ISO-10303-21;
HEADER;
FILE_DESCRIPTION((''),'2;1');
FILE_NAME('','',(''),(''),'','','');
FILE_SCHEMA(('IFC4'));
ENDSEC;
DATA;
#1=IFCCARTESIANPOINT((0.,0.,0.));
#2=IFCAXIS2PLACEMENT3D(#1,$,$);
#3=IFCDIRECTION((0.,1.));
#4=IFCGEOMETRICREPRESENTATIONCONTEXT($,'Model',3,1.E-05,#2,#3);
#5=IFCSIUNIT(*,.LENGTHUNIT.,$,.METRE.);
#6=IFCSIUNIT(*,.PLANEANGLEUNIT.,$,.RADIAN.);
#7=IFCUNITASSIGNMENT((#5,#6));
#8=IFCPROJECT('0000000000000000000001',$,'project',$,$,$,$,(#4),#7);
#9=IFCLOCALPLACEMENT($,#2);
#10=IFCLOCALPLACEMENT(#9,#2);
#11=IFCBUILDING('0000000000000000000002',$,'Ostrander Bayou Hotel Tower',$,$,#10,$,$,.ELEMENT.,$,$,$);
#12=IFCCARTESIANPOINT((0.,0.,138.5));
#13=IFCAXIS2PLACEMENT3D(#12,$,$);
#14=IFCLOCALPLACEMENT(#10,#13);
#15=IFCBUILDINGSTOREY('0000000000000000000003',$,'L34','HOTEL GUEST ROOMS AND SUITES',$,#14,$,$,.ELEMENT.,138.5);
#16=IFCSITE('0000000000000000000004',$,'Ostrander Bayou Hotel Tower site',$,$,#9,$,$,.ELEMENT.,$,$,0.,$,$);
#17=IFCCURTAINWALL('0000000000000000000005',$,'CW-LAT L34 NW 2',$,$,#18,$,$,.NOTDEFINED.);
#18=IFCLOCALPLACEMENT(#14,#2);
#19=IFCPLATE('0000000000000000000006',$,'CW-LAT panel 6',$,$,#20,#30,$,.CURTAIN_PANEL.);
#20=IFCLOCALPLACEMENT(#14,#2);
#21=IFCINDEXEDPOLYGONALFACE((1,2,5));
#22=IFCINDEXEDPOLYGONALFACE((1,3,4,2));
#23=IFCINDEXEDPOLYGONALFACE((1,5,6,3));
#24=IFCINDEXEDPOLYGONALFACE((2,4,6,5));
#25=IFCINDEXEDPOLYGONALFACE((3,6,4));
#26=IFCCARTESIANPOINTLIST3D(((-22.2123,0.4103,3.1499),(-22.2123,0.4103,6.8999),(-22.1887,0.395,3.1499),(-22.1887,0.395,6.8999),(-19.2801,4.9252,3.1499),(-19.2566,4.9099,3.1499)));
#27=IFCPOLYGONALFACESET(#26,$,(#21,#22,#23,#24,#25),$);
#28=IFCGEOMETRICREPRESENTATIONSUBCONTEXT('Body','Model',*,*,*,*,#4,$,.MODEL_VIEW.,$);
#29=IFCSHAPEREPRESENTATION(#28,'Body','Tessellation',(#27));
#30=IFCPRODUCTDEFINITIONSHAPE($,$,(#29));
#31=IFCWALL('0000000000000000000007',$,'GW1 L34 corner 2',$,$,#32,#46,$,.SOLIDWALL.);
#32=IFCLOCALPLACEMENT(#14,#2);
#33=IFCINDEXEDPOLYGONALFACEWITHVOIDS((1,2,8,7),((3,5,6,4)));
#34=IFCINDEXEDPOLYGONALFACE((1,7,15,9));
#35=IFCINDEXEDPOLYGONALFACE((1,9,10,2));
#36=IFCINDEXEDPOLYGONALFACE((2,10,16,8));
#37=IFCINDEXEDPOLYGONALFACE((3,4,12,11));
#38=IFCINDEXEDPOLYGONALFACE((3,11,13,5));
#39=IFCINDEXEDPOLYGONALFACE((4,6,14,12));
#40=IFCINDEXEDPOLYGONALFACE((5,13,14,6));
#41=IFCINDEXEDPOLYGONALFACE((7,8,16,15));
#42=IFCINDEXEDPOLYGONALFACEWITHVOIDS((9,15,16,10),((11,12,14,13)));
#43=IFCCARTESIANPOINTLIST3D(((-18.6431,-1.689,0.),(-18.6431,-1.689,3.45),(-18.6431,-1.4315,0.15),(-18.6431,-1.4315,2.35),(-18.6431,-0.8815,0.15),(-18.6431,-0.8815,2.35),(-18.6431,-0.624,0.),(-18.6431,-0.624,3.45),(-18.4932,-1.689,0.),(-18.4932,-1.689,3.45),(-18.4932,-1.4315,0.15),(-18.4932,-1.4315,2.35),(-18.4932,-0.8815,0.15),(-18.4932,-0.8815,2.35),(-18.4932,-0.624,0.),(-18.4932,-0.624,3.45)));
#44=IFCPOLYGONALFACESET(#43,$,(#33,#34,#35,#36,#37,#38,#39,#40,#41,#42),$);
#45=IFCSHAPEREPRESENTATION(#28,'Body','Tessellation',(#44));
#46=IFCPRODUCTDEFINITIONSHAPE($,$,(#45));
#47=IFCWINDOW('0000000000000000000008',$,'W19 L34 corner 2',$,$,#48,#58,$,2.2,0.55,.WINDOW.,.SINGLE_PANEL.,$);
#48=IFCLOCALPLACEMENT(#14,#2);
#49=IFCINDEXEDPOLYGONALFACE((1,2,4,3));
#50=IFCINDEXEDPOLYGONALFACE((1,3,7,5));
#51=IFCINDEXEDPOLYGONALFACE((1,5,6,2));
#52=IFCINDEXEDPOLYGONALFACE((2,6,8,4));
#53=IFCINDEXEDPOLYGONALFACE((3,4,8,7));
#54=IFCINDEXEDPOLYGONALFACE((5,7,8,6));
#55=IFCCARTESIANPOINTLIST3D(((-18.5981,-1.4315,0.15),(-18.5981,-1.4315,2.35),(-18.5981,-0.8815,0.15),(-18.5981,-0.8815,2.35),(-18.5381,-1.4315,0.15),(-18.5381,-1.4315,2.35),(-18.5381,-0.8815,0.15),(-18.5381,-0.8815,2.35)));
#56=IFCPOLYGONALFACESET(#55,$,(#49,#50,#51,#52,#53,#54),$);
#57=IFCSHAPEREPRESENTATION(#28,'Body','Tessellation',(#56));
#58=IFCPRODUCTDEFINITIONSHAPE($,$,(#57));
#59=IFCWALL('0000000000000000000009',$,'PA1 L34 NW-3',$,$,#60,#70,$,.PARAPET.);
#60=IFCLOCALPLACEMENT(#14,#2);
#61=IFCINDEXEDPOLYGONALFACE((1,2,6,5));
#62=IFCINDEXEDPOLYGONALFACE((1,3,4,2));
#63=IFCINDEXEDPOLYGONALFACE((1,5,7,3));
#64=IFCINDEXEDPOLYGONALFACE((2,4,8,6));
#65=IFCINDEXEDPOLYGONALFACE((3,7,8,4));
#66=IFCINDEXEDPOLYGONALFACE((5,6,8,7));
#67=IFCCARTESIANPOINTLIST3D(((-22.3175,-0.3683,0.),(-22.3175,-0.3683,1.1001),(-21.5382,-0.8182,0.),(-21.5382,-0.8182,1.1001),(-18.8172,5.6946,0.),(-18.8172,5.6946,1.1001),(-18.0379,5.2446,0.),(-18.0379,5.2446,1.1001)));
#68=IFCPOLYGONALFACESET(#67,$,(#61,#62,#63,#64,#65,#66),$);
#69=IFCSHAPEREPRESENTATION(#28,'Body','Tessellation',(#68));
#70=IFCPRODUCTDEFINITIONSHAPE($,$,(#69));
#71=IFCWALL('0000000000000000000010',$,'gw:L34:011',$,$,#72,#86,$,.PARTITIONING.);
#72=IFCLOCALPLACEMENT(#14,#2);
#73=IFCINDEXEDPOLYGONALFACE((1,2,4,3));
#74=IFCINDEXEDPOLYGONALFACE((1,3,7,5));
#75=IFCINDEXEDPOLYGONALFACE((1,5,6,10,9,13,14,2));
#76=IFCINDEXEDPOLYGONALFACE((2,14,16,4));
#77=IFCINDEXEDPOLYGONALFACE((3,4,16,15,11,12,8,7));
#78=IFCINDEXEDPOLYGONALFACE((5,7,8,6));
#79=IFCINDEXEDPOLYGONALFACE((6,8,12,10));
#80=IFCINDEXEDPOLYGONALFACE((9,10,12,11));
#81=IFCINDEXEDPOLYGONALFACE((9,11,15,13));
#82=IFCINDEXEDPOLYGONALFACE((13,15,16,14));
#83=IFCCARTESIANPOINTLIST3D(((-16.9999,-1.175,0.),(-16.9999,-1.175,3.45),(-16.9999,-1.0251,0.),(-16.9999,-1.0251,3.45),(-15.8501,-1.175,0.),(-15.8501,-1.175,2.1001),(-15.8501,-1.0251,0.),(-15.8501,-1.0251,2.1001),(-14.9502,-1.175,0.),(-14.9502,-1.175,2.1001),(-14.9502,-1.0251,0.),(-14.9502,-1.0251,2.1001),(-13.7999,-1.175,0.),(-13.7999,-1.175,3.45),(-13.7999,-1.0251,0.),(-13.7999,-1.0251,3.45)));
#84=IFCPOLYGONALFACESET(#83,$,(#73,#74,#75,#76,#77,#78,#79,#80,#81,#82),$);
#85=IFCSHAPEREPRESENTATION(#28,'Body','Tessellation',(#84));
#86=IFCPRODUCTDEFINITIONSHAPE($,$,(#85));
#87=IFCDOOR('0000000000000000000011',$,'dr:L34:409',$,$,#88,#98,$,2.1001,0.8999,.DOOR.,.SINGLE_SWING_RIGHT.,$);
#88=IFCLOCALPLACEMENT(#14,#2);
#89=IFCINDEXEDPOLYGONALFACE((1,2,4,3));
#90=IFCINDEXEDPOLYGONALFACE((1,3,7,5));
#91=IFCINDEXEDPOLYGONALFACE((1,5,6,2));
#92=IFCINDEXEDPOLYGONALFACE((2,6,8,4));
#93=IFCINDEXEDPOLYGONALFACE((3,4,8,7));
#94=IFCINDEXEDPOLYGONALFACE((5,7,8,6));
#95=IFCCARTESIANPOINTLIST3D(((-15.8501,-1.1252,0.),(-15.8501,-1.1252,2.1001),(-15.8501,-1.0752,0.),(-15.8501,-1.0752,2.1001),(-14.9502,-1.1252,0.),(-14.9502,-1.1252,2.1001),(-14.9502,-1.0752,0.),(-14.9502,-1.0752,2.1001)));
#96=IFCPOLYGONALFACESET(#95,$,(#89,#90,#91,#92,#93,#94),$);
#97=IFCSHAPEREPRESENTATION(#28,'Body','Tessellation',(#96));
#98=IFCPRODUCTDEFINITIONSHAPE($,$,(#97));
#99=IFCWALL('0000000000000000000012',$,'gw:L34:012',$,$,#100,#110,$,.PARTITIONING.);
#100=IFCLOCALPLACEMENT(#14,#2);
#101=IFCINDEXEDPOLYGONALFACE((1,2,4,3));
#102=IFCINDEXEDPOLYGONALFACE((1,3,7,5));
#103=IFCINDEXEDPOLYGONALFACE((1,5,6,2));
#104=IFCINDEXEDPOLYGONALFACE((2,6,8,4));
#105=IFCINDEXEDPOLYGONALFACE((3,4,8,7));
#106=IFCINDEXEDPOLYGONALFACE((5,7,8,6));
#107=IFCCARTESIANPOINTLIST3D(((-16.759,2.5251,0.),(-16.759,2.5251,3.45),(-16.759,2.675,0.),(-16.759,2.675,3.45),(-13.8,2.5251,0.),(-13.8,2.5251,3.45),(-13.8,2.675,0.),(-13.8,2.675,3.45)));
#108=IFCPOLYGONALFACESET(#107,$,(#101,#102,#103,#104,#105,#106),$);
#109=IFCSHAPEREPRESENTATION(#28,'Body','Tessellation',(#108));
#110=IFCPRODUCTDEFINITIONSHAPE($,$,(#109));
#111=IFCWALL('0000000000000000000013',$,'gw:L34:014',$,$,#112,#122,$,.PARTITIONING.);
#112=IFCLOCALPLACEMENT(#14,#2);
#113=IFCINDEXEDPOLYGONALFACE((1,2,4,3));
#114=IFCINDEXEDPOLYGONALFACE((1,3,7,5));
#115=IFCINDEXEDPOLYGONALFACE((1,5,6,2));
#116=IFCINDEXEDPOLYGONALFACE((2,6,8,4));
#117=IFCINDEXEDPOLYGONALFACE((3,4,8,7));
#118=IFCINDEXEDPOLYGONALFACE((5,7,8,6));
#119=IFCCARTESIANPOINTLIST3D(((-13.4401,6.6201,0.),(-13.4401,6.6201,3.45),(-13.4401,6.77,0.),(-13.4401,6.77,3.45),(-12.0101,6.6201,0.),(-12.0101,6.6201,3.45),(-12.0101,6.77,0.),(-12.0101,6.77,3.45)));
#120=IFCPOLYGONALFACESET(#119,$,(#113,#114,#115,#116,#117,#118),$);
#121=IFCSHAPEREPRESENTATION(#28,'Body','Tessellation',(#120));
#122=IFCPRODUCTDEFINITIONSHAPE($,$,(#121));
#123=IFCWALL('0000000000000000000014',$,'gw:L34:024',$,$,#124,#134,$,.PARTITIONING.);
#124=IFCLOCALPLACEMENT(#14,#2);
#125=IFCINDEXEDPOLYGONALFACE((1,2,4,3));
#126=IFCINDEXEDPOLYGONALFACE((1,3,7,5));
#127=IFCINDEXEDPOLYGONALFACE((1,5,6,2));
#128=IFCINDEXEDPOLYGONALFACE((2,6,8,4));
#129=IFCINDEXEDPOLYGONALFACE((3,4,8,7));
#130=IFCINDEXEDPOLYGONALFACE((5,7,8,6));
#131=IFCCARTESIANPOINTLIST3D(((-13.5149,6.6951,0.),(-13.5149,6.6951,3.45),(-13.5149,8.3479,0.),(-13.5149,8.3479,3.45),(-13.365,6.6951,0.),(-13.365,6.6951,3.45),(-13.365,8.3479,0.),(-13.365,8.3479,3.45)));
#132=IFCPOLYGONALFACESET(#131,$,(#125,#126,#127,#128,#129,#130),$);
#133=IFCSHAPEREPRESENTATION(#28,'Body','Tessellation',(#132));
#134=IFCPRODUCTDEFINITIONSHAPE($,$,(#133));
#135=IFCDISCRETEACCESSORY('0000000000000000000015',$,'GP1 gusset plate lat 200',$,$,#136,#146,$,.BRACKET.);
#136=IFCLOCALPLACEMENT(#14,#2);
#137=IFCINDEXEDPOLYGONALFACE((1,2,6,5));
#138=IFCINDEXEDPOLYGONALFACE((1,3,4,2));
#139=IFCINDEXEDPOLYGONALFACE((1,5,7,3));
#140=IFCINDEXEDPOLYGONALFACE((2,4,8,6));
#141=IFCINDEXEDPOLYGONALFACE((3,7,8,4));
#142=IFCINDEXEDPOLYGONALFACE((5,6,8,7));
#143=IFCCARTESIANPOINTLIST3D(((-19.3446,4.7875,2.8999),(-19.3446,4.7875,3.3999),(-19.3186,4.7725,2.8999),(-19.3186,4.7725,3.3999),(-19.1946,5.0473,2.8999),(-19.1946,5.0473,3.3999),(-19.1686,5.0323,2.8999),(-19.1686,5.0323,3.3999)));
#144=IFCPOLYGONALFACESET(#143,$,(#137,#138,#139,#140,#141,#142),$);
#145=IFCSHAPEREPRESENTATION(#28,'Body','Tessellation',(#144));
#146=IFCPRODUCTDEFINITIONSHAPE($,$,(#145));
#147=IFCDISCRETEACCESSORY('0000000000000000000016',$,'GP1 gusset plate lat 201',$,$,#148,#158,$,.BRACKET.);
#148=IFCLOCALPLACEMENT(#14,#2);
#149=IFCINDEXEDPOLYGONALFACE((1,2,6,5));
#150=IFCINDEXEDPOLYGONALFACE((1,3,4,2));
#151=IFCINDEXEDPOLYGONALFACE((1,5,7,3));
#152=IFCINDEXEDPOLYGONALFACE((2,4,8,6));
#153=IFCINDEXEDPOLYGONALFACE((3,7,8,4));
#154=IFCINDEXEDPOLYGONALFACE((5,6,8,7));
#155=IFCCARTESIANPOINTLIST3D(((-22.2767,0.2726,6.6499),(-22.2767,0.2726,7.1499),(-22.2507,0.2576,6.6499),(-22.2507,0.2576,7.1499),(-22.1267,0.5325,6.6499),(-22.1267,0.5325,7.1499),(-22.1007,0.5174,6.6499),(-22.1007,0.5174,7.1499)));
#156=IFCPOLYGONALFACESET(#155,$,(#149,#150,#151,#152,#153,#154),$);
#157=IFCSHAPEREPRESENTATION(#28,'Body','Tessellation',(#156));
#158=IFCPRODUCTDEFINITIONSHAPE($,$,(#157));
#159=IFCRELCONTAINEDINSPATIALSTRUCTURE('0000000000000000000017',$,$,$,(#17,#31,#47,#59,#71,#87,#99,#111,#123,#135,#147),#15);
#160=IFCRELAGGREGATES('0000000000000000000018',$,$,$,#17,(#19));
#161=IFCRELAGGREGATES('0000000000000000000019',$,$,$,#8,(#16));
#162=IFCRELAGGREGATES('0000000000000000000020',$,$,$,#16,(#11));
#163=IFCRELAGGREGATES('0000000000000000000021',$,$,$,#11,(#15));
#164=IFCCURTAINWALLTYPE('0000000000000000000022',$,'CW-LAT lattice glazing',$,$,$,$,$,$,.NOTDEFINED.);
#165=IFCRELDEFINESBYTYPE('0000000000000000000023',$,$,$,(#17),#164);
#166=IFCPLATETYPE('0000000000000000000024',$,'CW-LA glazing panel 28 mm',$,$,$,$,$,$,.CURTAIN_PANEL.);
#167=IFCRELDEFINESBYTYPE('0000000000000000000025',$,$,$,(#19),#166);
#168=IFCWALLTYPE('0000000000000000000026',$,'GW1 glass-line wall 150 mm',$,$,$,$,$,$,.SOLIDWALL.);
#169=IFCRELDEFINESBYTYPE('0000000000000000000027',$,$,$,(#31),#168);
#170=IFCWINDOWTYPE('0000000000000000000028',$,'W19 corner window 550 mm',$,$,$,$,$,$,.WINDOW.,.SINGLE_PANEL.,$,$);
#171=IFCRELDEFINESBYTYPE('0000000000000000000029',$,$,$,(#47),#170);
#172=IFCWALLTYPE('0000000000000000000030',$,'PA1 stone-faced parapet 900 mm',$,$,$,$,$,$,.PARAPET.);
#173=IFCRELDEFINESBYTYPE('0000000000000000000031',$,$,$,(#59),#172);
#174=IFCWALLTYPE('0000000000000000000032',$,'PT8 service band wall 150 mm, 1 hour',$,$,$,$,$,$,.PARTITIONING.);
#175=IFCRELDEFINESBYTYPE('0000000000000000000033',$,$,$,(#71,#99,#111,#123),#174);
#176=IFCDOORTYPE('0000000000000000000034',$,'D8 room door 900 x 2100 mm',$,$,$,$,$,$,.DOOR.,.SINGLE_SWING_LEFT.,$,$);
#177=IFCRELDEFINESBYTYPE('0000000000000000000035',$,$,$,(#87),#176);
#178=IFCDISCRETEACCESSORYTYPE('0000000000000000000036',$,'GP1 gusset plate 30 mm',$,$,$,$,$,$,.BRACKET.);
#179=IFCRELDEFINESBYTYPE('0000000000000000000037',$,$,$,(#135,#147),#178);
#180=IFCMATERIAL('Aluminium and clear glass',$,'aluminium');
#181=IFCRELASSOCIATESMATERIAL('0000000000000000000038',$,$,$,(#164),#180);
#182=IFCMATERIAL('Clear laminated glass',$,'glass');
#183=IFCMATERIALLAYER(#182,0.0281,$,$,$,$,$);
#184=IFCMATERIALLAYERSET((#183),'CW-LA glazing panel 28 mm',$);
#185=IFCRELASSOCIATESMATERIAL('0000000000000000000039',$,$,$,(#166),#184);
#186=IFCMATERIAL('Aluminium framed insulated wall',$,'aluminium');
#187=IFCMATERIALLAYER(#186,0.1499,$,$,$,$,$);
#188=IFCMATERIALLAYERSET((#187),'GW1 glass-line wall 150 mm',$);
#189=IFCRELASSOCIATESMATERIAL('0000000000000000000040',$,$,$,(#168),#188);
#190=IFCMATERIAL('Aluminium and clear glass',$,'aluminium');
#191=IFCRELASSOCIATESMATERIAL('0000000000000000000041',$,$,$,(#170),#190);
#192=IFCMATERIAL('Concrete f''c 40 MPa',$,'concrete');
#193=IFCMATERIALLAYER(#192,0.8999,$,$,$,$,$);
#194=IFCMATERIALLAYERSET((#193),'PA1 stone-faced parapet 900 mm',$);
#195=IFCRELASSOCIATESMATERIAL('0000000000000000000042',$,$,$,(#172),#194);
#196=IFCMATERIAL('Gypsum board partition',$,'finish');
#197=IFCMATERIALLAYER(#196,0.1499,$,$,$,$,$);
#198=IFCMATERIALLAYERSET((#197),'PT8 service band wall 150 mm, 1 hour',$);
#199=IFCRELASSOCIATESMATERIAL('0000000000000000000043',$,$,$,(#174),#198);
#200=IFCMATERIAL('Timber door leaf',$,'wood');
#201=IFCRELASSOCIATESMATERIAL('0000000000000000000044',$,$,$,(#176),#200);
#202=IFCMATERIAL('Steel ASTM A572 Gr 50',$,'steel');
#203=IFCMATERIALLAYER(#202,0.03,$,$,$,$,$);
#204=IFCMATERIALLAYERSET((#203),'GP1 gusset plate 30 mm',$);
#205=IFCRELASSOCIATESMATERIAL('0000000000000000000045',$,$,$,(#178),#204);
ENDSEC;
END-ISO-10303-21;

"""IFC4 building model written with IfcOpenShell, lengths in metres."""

from ifc_helpers import new_model, si_unit, direction, frame, frame_2d, origin, origin_2d, place, context, subcontext, project, spatial, polyline, rectangle, outline, extrude, material, layer, layer_set, type_object, element, fill, aggregate, save


model = new_model("IFC4")

# Units and contexts
model_context = context("Model", 3, precision=1e-05, world=origin(), true_north=direction((0.0, 1.0)))
body_context = subcontext(model_context, "Body", "Model", "MODEL_VIEW")
ifc_project = project(units=[si_unit("LENGTHUNIT", "METRE"), si_unit("PLANEANGLEUNIT", "RADIAN")], contexts=[model_context])

# Site, building, storey
site_placement = place(None, origin())
site = spatial("IfcSite", under=ifc_project, at=site_placement, Name="Ostrander Bayou Hotel Tower site", CompositionType="ELEMENT", RefElevation=0.0)
building_placement = place(site_placement, origin())
building = spatial("IfcBuilding", under=site, at=building_placement, Name="Ostrander Bayou Hotel Tower", CompositionType="ELEMENT")
storey_placement = place(building_placement, frame((0.0, 0.0, 138.5)))
storey = spatial("IfcBuildingStorey", under=building, at=storey_placement, Name="L34", Description="HOTEL GUEST ROOMS AND SUITES", CompositionType="ELEMENT", Elevation=138.5)

# Shared definitions
ifc_material_1 = material(Name="Aluminium and clear glass", Category="aluminium")
curtain_wall_type = type_object("IfcCurtainWallType", Name="CW-LAT lattice glazing", PredefinedType="NOTDEFINED", material=ifc_material_1)

# Curtain wall
curtain_wall_1_placement = place(storey_placement, origin())
curtain_wall_1 = element("IfcCurtainWall", 1, at=curtain_wall_1_placement, inside=storey, type_object=curtain_wall_type, Name="CW-LAT L34 NW 2", PredefinedType="NOTDEFINED")

# Shared definitions
ifc_material_2 = material(Name="Clear laminated glass", Category="glass")
ifc_layer_1 = layer(ifc_material_2, 0.0281)
ifc_layer_set_1 = layer_set([ifc_layer_1], Name="CW-LA glazing panel 28 mm")
plate_type = type_object("IfcPlateType", Name="CW-LA glazing panel 28 mm", PredefinedType="CURTAIN_PANEL", material=ifc_layer_set_1)

# Plate
plate_1_placement = place(storey_placement, frame((-19.2566, 4.9099, 3.1499), z_axis=(0.83866, -0.544655, 0.0), x_axis=(-0.446916, -0.688162, 0.571576)))
plate_1 = element("IfcPlate", 2, at=plate_1_placement, type_object=plate_type, Name="CW-LAT panel 6", PredefinedType="CURTAIN_PANEL", context=body_context, shape_type="SweptSolid", body=[
    extrude(outline(polyline([(0.0, 0.0), (6.5608, 0.0), (4.4174, 3.0771), (0.0, 0.0)])), origin(), (0.0, 0.0, -1.0), 0.0281),
])
aggregate(curtain_wall_1, [plate_1])

# Wall, opening, window
ifc_material_3 = material(Name="Aluminium framed insulated wall", Category="aluminium")
ifc_layer_2 = layer(ifc_material_3, 0.1499)
ifc_layer_set_2 = layer_set([ifc_layer_2], Name="GW1 glass-line wall 150 mm")
wall_type_1 = type_object("IfcWallType", Name="GW1 glass-line wall 150 mm", PredefinedType="SOLIDWALL", material=ifc_layer_set_2)
wall_1_placement = place(storey_placement, frame((-18.5681, -0.624, 0.0), z_axis=(0.0, 0.0, 1.0), x_axis=(0.0, -1.0, 0.0)))
wall_1 = element("IfcWall", 3, at=wall_1_placement, inside=storey, type_object=wall_type_1, Name="GW1 L34 corner 2", PredefinedType="SOLIDWALL", context=body_context, shape_type="SweptSolid", body=[
    extrude(rectangle(XDim=1.0649, YDim=0.1499, at=frame_2d((0.5325, 0.0))), origin(), (0.0, 0.0, 1.0), 3.45),
])
opening_1_placement = place(wall_1_placement, frame((0.2576, 0.0, 0.1499)))
opening_1 = element("IfcOpeningElement", 4, at=opening_1_placement, cuts=wall_1, PredefinedType="OPENING", context=body_context, shape_type="SweptSolid", body=[
    extrude(rectangle(XDim=0.55, YDim=2.2, at=frame_2d((0.2749, 1.1001))), frame((0.0, 0.075, 0.0), z_axis=(0.0, -1.0, 0.0), x_axis=(1.0, 0.0, 0.0)), (0.0, 0.0, 1.0), 0.1499),
])
ifc_material_4 = material(Name="Aluminium and clear glass", Category="aluminium")
window_type = type_object("IfcWindowType", Name="W19 corner window 550 mm", PartitioningType="SINGLE_PANEL", PredefinedType="WINDOW", material=ifc_material_4)
window_placement = place(opening_1_placement, origin())
window = element("IfcWindow", 5, at=window_placement, inside=storey, type_object=window_type, Name="W19 L34 corner 2", OverallHeight=2.2, OverallWidth=0.55, PartitioningType="SINGLE_PANEL", PredefinedType="WINDOW", context=body_context, shape_type="SweptSolid", body=[
    extrude(rectangle(XDim=0.55, YDim=2.2, at=frame_2d((0.2749, 1.1001))), frame((0.0, 0.03, 0.0), z_axis=(0.0, -1.0, 0.0), x_axis=(1.0, 0.0, 0.0)), (0.0, 0.0, 1.0), 0.0601),
])
fill(opening_1, window)

# Wall
ifc_material_5 = material(Name="Concrete f'c 40 MPa", Category="concrete")
ifc_layer_3 = layer(ifc_material_5, 0.8999)
ifc_layer_set_3 = layer_set([ifc_layer_3], Name="PA1 stone-faced parapet 900 mm")
wall_type_2 = type_object("IfcWallType", Name="PA1 stone-faced parapet 900 mm", PredefinedType="PARAPET", material=ifc_layer_set_3)
wall_2_placement = place(storey_placement, frame((-18.4275, 5.4697, 0.0), z_axis=(0.0, 0.0, 1.0), x_axis=(-0.499991, -0.866031, 0.0)))
element("IfcWall", 6, at=wall_2_placement, inside=storey, type_object=wall_type_2, Name="PA1 L34 NW-3", PredefinedType="PARAPET", context=body_context, shape_type="SweptSolid", body=[
    extrude(rectangle(XDim=7.0007, YDim=0.8999, at=frame_2d((3.5005, 0.0))), origin(), (0.0, 0.0, 1.0), 1.1001),
])

# Wall, opening, door
ifc_material_6 = material(Name="Gypsum board partition", Category="finish")
ifc_layer_4 = layer(ifc_material_6, 0.1499)
ifc_layer_set_4 = layer_set([ifc_layer_4], Name="PT8 service band wall 150 mm, 1 hour")
wall_type_3 = type_object("IfcWallType", Name="PT8 service band wall 150 mm, 1 hour", PredefinedType="PARTITIONING", material=ifc_layer_set_4)
wall_3_placement = place(storey_placement, frame((-17.0, -1.1001, 0.0), z_axis=(0.0, 0.0, 1.0), x_axis=(1.0, 0.0, 0.0)))
wall_3 = element("IfcWall", 7, at=wall_3_placement, inside=storey, type_object=wall_type_3, Name="gw:L34:011", PredefinedType="PARTITIONING", context=body_context, shape_type="SweptSolid", body=[
    extrude(rectangle(XDim=3.2, YDim=0.1499, at=frame_2d((1.6001, 0.0))), origin(), (0.0, 0.0, 1.0), 3.45),
])
opening_2_placement = place(wall_3_placement, frame((1.1499, 0.0, 0.0)))
opening_2 = element("IfcOpeningElement", 8, at=opening_2_placement, cuts=wall_3, PredefinedType="OPENING", context=body_context, shape_type="SweptSolid", body=[
    extrude(rectangle(XDim=0.8999, YDim=2.1001, at=frame_2d((0.45, 1.05))), frame((0.0, 0.075, 0.0), z_axis=(0.0, -1.0, 0.0), x_axis=(1.0, 0.0, 0.0)), (0.0, 0.0, 1.0), 0.1499),
])
ifc_material_7 = material(Name="Timber door leaf", Category="wood")
door_type = type_object("IfcDoorType", Name="D8 room door 900 x 2100 mm", OperationType="SINGLE_SWING_LEFT", PredefinedType="DOOR", material=ifc_material_7)
door_placement = place(opening_2_placement, origin())
door = element("IfcDoor", 9, at=door_placement, inside=storey, type_object=door_type, Name="dr:L34:409", OperationType="SINGLE_SWING_RIGHT", OverallHeight=2.1001, OverallWidth=0.8999, PredefinedType="DOOR", context=body_context, shape_type="SweptSolid", body=[
    extrude(rectangle(XDim=0.8999, YDim=2.1001, at=frame_2d((0.45, 1.05))), frame((0.0, 0.0249, 0.0), z_axis=(0.0, -1.0, 0.0), x_axis=(1.0, 0.0, 0.0)), (0.0, 0.0, 1.0), 0.05),
])
fill(opening_2, door)

# Walls
wall_4_placement = place(storey_placement, frame((-16.759, 2.6001, 0.0), z_axis=(0.0, 0.0, 1.0), x_axis=(1.0, 0.0, 0.0)))
element("IfcWall", 10, at=wall_4_placement, inside=storey, type_object=wall_type_3, Name="gw:L34:012", PredefinedType="PARTITIONING", context=body_context, shape_type="SweptSolid", body=[
    extrude(rectangle(XDim=2.959, YDim=0.1499, at=frame_2d((1.4795, 0.0))), origin(), (0.0, 0.0, 1.0), 3.45),
])
wall_5_placement = place(storey_placement, frame((-13.4399, 6.6951, 0.0), z_axis=(0.0, 0.0, 1.0), x_axis=(1.0, 0.0, 0.0)))
element("IfcWall", 11, at=wall_5_placement, inside=storey, type_object=wall_type_3, Name="gw:L34:014", PredefinedType="PARTITIONING", context=body_context, shape_type="SweptSolid", body=[
    extrude(rectangle(XDim=1.4299, YDim=0.1499, at=frame_2d((0.7148, 0.0))), origin(), (0.0, 0.0, 1.0), 3.45),
])
wall_6_placement = place(storey_placement, frame((-13.4399, 6.6951, 0.0), z_axis=(0.0, 0.0, 1.0), x_axis=(0.0, 1.0, 0.0)))
element("IfcWall", 12, at=wall_6_placement, inside=storey, type_object=wall_type_3, Name="gw:L34:024", PredefinedType="PARTITIONING", context=body_context, shape_type="SweptSolid", body=[
    extrude(rectangle(XDim=1.6528, YDim=0.1499, at=frame_2d((0.8264, 0.0))), origin(), (0.0, 0.0, 1.0), 3.45),
])

# Discrete accessories
ifc_material_8 = material(Name="Steel ASTM A572 Gr 50", Category="steel")
ifc_layer_5 = layer(ifc_material_8, 0.03)
ifc_layer_set_5 = layer_set([ifc_layer_5], Name="GP1 gusset plate 30 mm")
discrete_accessory_type = type_object("IfcDiscreteAccessoryType", Name="GP1 gusset plate 30 mm", PredefinedType="BRACKET", material=ifc_layer_set_5)
for number, where, z_axis, x_axis, name in (
    (13, (-19.2566, 4.9099, 2.8999), (0.0, 0.0, 1.0), (-0.5, -0.866025, 0.0), "GP1 gusset plate lat 200"),
    (14, (-22.1887, 0.395, 6.6499), (0.0, 0.0, 1.0), (-0.5, -0.866025, 0.0), "GP1 gusset plate lat 201"),
):
    element("IfcDiscreteAccessory", number, at=place(storey_placement, frame(where, z_axis=z_axis, x_axis=x_axis)), inside=storey, type_object=discrete_accessory_type, Name=name, PredefinedType="BRACKET", context=body_context, shape_type="SweptSolid", body=[
        extrude(rectangle(XDim=0.3, YDim=0.03, at=origin_2d()), origin(), (0.0, 0.0, 1.0), 0.5),
    ])

save(model, "model.ifc")
